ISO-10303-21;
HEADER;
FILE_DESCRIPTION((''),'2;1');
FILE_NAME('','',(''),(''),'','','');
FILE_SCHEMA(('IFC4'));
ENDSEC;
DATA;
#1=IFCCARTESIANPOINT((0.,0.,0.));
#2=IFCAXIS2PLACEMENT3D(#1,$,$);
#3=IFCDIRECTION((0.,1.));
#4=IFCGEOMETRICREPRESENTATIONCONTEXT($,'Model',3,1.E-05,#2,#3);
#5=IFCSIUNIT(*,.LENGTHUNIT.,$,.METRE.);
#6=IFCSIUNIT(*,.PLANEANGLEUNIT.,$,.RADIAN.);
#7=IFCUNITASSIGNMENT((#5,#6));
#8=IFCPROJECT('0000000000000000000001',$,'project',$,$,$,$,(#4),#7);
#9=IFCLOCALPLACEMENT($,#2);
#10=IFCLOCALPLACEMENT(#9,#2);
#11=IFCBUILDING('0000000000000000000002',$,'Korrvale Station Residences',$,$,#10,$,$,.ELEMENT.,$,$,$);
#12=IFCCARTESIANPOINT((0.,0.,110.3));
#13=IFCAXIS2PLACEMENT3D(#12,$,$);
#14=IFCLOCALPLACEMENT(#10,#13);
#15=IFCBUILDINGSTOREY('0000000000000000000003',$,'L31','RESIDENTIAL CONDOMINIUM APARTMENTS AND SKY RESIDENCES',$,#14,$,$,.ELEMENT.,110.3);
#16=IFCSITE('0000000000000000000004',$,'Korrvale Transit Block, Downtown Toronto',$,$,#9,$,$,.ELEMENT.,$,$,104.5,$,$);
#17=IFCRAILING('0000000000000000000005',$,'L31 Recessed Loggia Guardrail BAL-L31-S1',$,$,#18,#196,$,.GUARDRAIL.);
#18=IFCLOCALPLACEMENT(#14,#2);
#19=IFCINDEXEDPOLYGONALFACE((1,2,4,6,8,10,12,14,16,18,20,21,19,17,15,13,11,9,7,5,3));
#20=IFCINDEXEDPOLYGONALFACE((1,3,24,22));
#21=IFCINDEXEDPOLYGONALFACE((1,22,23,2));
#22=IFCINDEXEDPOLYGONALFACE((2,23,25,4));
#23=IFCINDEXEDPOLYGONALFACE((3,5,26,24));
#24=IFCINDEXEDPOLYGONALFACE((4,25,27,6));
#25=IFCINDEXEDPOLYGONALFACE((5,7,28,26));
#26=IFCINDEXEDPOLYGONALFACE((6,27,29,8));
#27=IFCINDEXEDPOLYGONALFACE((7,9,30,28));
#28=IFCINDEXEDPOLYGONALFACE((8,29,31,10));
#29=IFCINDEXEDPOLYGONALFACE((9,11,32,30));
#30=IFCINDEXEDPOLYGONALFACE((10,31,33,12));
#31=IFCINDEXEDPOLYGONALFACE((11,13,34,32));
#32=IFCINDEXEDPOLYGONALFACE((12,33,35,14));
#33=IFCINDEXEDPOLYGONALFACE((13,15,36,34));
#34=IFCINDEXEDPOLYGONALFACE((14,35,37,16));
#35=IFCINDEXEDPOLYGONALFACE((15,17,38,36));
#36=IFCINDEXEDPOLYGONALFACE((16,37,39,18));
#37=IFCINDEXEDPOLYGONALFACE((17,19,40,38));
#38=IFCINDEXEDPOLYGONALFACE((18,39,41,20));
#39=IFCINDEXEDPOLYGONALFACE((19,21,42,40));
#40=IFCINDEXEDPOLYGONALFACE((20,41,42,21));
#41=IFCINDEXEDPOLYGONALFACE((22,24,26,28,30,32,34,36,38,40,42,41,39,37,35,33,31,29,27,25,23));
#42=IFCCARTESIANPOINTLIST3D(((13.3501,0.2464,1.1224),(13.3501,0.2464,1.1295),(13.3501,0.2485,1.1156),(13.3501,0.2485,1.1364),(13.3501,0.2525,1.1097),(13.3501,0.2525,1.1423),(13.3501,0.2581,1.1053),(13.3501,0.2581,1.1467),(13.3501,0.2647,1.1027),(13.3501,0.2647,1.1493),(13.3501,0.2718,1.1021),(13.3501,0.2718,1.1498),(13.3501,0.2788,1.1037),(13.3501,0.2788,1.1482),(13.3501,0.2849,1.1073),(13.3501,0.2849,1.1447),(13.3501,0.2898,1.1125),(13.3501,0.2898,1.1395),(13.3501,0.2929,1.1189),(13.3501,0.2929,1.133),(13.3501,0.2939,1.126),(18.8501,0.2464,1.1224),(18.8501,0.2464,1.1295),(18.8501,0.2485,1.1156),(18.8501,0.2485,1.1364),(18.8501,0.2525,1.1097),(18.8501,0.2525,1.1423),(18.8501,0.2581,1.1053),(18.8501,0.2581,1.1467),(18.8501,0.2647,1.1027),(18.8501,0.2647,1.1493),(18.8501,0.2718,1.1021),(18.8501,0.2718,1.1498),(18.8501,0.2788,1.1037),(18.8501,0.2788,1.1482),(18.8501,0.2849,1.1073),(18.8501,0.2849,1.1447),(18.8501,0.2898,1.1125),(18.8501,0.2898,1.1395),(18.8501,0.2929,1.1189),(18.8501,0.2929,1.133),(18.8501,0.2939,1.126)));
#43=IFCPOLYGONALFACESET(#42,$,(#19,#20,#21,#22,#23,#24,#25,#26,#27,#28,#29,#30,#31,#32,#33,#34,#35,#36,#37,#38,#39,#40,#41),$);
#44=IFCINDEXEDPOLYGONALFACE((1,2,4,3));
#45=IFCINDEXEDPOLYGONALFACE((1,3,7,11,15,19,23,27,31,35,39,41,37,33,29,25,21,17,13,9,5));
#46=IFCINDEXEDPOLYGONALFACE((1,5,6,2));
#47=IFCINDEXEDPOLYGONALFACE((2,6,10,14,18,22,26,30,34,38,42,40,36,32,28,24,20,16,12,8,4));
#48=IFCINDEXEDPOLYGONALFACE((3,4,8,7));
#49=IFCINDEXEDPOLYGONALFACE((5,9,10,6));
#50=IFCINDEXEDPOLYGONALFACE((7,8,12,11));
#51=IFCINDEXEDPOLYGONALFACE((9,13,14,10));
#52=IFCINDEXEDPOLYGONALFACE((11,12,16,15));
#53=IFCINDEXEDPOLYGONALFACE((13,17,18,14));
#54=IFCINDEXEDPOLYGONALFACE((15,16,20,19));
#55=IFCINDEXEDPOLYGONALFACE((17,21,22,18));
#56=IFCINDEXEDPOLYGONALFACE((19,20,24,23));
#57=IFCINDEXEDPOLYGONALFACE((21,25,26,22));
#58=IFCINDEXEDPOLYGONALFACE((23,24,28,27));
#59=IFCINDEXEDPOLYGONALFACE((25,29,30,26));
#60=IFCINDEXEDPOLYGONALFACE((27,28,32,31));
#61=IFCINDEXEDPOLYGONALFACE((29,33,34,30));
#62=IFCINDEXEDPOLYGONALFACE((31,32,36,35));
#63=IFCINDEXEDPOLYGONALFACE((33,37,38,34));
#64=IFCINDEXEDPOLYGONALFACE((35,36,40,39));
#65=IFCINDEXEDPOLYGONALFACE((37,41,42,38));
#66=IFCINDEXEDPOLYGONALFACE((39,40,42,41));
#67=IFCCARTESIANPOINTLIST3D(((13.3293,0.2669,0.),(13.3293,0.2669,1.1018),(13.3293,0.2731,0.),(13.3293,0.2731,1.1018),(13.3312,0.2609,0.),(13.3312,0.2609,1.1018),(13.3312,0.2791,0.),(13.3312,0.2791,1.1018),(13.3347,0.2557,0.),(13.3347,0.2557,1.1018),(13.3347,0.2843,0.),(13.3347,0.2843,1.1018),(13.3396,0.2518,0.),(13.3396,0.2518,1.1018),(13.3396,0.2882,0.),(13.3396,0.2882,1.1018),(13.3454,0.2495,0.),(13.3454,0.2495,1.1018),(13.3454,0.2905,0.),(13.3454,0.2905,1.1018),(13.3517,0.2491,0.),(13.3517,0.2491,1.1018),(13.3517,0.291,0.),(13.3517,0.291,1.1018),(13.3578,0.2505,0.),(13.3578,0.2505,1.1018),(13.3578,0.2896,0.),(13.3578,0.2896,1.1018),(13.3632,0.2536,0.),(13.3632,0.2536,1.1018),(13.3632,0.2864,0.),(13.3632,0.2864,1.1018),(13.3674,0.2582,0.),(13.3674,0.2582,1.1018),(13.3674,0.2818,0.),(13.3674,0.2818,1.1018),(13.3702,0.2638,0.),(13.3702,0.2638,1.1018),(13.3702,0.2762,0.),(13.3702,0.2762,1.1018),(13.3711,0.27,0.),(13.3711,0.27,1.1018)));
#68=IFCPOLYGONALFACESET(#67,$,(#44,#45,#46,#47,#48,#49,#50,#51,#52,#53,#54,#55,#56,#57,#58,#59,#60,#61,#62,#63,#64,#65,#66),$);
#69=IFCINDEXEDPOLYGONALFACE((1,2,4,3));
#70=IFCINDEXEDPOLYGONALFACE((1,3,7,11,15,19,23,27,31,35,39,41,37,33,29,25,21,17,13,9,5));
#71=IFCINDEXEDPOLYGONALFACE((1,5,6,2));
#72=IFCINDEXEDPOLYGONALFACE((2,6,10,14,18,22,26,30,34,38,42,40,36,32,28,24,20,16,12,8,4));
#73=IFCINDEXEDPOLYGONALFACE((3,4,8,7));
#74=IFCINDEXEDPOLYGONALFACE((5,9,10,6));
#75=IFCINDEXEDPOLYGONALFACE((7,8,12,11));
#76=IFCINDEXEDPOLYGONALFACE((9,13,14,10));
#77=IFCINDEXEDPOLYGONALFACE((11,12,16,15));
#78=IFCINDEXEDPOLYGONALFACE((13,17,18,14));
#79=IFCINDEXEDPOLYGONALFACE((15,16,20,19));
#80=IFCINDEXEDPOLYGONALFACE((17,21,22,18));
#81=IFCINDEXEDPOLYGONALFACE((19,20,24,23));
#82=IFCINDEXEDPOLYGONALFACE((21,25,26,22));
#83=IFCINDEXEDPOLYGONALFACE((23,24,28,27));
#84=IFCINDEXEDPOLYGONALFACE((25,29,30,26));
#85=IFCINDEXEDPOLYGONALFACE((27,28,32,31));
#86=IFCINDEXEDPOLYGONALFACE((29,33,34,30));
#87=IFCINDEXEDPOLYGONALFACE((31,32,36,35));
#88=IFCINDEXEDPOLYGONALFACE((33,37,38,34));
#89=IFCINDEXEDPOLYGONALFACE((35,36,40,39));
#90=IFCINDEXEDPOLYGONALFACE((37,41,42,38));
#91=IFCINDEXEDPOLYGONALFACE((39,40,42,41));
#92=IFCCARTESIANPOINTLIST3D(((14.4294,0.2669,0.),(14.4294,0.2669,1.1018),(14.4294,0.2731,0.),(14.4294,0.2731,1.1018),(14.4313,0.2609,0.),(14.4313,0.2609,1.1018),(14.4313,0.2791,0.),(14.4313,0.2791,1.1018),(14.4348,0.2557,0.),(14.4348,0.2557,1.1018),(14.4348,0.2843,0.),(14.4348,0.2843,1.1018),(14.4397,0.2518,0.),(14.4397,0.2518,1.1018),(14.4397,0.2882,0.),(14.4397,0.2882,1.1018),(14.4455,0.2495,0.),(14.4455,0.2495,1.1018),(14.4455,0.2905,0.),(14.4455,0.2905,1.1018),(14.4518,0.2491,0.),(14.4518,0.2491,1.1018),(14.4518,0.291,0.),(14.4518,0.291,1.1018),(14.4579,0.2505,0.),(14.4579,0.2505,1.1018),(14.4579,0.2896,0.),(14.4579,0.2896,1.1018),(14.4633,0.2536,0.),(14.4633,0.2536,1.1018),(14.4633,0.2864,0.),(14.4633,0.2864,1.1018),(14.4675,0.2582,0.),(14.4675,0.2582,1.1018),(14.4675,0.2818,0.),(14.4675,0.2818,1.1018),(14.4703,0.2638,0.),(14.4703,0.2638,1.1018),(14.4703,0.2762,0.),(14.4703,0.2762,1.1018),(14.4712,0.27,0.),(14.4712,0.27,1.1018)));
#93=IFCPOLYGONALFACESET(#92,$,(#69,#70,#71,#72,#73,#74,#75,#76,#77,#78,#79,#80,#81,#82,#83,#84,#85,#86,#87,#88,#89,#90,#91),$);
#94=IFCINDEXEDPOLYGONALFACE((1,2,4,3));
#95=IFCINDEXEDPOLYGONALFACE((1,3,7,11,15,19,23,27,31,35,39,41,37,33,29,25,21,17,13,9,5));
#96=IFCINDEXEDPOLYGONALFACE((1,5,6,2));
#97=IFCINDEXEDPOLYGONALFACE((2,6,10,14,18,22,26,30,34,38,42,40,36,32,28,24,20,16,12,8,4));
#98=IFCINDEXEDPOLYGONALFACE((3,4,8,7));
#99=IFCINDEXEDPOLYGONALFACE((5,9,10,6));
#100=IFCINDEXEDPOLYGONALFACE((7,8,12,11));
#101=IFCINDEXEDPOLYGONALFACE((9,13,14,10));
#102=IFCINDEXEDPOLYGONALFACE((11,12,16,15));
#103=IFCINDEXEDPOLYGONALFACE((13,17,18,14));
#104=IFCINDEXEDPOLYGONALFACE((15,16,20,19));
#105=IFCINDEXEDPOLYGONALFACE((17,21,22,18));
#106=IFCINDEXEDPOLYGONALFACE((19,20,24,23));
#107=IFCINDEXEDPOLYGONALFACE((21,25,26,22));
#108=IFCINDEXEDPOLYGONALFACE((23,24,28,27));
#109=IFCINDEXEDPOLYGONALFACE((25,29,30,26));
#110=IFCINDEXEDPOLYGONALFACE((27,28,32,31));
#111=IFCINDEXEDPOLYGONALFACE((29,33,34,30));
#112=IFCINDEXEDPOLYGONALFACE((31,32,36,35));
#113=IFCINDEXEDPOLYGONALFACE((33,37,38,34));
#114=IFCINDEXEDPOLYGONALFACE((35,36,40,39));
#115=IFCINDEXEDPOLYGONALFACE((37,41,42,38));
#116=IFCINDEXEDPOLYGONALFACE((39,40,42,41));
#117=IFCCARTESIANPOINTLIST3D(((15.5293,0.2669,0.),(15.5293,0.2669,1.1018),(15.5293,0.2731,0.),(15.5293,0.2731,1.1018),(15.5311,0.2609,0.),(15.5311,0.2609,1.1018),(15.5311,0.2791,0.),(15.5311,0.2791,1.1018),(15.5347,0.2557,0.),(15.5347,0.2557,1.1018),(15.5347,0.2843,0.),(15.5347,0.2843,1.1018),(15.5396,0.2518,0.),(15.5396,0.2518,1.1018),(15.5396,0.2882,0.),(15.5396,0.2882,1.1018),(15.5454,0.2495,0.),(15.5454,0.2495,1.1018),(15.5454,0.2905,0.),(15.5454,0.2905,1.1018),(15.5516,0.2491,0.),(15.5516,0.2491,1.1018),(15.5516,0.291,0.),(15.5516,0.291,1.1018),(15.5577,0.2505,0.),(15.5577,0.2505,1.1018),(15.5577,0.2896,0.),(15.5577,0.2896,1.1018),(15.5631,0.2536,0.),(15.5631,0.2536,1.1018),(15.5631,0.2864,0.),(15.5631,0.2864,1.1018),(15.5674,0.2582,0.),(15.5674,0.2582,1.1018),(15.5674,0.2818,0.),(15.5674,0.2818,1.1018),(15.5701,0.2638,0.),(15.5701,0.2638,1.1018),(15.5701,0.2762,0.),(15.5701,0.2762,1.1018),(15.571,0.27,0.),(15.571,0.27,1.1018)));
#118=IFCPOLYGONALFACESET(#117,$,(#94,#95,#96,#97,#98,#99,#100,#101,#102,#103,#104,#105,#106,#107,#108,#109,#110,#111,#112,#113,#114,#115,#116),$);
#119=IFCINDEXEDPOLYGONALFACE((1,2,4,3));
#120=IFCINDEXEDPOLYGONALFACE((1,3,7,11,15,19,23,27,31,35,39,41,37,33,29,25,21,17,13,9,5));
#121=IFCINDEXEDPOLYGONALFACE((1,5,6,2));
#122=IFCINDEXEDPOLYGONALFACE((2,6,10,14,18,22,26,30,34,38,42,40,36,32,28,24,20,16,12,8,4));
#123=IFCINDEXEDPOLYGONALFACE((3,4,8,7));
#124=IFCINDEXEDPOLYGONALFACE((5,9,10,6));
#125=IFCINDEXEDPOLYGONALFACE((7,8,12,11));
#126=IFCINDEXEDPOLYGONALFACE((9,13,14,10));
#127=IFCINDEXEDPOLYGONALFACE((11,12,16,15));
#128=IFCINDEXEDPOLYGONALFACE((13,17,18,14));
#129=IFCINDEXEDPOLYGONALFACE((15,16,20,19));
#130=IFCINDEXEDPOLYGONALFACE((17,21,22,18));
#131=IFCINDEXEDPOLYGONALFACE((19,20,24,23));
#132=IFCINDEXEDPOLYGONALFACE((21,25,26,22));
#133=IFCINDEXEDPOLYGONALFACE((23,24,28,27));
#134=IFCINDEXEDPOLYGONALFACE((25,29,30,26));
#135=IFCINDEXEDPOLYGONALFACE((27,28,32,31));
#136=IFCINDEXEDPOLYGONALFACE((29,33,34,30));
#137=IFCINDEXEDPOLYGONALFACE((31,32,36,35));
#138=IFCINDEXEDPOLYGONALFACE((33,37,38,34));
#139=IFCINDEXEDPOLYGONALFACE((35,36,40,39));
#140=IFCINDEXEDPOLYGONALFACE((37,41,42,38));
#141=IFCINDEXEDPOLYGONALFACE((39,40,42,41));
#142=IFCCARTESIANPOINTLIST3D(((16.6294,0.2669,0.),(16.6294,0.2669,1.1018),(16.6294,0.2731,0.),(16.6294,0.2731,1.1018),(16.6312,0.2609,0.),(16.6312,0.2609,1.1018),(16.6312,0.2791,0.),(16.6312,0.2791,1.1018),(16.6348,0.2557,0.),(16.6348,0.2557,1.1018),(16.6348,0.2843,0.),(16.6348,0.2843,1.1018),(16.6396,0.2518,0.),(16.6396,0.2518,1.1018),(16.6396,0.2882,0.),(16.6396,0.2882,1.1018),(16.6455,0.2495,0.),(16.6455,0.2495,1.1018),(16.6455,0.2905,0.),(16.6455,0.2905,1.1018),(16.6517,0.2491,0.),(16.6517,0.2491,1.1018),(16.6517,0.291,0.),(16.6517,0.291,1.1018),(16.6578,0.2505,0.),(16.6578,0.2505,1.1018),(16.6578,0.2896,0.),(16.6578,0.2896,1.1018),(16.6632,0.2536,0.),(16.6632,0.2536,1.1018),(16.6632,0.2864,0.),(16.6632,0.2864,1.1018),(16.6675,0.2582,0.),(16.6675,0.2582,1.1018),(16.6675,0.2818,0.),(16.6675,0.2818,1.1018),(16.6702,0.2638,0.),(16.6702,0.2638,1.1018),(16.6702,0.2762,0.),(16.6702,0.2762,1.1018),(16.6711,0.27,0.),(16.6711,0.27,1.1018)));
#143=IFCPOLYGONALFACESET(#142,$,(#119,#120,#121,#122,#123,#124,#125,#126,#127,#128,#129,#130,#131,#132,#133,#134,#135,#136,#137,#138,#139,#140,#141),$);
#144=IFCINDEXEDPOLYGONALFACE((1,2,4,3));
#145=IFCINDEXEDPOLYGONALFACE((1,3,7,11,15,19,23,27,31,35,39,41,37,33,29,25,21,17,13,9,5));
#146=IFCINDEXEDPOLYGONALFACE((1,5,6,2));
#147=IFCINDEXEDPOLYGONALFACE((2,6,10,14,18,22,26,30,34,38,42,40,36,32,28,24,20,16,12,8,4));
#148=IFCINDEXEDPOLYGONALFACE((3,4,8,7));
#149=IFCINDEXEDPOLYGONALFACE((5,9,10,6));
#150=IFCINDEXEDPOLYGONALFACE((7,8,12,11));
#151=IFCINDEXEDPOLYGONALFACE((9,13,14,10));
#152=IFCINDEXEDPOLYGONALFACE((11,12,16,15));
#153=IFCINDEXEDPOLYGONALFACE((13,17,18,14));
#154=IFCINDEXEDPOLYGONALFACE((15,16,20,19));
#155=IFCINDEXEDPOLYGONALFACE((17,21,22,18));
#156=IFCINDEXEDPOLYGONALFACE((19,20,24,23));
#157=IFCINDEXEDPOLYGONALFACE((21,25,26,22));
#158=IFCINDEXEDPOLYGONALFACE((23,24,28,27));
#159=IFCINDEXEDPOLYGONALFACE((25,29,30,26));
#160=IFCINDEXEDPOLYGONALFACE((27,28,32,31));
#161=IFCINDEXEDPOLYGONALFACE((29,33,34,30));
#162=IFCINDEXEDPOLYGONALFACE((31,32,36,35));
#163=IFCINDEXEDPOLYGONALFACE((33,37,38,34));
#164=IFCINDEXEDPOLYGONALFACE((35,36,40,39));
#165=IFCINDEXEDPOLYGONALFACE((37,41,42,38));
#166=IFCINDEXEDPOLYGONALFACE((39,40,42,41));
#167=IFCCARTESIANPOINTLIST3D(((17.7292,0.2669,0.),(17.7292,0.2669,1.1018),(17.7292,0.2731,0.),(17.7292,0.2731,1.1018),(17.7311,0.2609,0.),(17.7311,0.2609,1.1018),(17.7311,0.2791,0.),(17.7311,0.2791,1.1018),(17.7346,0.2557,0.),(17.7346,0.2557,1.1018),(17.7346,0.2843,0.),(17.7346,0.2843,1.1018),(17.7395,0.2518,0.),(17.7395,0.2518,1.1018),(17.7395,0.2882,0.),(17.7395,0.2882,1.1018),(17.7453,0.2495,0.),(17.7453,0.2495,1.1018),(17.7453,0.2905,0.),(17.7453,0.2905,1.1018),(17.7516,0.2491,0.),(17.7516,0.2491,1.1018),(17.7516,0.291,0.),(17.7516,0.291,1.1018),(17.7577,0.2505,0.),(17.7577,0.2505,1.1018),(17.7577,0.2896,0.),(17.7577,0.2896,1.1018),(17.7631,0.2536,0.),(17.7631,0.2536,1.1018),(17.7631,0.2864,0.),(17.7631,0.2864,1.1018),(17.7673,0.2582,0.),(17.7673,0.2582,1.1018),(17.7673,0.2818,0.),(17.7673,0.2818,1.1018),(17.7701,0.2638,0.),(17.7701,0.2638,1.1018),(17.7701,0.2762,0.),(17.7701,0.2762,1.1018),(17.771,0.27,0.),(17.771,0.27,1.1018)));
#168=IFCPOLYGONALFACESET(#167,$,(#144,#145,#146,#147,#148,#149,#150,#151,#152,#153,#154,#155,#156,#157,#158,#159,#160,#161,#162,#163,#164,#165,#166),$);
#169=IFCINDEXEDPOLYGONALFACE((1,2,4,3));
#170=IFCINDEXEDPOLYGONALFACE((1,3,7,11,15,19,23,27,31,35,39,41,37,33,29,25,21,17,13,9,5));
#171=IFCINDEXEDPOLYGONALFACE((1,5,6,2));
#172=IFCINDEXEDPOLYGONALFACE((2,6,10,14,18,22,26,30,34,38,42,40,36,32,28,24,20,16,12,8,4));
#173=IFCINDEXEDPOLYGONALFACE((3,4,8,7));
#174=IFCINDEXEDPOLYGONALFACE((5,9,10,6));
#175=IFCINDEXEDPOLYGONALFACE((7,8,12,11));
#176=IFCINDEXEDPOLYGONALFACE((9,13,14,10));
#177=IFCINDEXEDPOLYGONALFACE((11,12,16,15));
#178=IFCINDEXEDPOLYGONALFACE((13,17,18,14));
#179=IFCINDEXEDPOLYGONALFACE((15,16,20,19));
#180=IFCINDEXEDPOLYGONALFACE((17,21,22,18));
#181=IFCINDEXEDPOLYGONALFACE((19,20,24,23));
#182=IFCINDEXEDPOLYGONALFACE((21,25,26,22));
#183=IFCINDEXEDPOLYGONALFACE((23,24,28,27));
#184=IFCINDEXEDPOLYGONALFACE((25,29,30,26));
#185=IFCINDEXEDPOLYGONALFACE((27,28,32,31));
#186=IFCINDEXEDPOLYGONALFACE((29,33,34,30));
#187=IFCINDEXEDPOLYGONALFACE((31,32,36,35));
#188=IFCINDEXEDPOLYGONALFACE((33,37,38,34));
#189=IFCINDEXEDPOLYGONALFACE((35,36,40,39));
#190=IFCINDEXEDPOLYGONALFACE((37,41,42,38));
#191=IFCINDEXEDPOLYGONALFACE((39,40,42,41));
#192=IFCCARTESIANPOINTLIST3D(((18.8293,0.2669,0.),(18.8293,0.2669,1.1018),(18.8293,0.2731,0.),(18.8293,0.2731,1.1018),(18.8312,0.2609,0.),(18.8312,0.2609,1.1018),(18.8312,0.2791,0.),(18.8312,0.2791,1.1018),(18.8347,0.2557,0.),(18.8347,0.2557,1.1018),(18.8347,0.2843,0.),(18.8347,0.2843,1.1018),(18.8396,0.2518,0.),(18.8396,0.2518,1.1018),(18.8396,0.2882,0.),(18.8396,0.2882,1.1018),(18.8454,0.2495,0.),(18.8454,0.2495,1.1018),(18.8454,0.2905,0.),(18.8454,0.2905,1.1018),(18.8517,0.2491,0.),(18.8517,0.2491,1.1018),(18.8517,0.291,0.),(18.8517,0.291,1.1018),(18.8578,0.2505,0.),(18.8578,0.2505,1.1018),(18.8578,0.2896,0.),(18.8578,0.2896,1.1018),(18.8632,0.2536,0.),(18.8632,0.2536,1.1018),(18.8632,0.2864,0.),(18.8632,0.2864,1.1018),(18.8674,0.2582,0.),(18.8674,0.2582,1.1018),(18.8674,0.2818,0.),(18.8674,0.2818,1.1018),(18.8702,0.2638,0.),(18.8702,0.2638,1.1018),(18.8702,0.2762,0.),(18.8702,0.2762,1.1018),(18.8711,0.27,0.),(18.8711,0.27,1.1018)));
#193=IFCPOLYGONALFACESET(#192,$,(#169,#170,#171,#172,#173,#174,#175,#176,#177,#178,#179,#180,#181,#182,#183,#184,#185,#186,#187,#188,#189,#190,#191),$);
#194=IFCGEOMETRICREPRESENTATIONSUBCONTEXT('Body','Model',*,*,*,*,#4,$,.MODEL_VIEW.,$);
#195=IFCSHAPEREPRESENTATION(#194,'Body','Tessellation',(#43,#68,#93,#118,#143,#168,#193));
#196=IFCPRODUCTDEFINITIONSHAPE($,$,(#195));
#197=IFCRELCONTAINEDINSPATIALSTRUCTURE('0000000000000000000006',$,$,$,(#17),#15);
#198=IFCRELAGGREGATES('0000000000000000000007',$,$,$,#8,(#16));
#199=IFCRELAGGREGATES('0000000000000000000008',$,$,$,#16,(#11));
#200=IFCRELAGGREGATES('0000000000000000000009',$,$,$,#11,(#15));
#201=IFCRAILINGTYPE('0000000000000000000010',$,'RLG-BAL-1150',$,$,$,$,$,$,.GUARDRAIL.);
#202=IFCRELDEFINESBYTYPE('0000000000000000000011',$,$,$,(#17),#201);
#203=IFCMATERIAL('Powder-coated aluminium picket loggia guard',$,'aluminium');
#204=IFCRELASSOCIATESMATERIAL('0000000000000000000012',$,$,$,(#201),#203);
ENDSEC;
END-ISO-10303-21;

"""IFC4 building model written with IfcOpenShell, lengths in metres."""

from ifc_helpers import new_model, si_unit, direction, frame, origin, origin_2d, place, context, subcontext, project, spatial, circle, extrude, material, type_object, element, save


model = new_model("IFC4")

# Units and contexts
model_context = context("Model", 3, precision=1e-05, world=origin(), true_north=direction((0.0, 1.0)))
body_context = subcontext(model_context, "Body", "Model", "MODEL_VIEW")
ifc_project = project(units=[si_unit("LENGTHUNIT", "METRE"), si_unit("PLANEANGLEUNIT", "RADIAN")], contexts=[model_context])

# Site, building, storey
site_placement = place(None, origin())
site = spatial("IfcSite", under=ifc_project, at=site_placement, Name="Korrvale Transit Block, Downtown Toronto", CompositionType="ELEMENT", RefElevation=104.5)
building_placement = place(site_placement, origin())
building = spatial("IfcBuilding", under=site, at=building_placement, Name="Korrvale Station Residences", CompositionType="ELEMENT")
storey_placement = place(building_placement, frame((0.0, 0.0, 110.3)))
storey = spatial("IfcBuildingStorey", under=building, at=storey_placement, Name="L31", Description="RESIDENTIAL CONDOMINIUM APARTMENTS AND SKY RESIDENCES", CompositionType="ELEMENT", Elevation=110.3)

# Railing
ifc_material_1 = material(Name="Powder-coated aluminium picket loggia guard", Category="aluminium")
railing_type = type_object("IfcRailingType", Name="RLG-BAL-1150", PredefinedType="GUARDRAIL", material=ifc_material_1)
railing_placement = place(storey_placement, frame((13.3501, 0.27, 0.0)))
element("IfcRailing", 1, at=railing_placement, inside=storey, type_object=railing_type, Name="L31 Recessed Loggia Guardrail BAL-L31-S1", PredefinedType="GUARDRAIL", context=body_context, shape_type="SweptSolid", body=[
    extrude(circle(Radius=0.0239, at=origin_2d()), frame((0.0, 0.0, 1.126), z_axis=(1.0, 0.0, 0.0), x_axis=(0.0, 1.0, 0.0)), (0.0, 0.0, 1.0), 5.5),
    extrude(circle(Radius=0.021, at=origin_2d()), origin(), (0.0, 0.0, 1.0), 1.1018),
    extrude(circle(Radius=0.021, at=origin_2d()), frame((1.1001, 0.0, 0.0)), (0.0, 0.0, 1.0), 1.1018),
    extrude(circle(Radius=0.021, at=origin_2d()), frame((2.2, 0.0, 0.0)), (0.0, 0.0, 1.0), 1.1018),
    extrude(circle(Radius=0.021, at=origin_2d()), frame((3.3, 0.0, 0.0)), (0.0, 0.0, 1.0), 1.1018),
    extrude(circle(Radius=0.021, at=origin_2d()), frame((4.3999, 0.0, 0.0)), (0.0, 0.0, 1.0), 1.1018),
    extrude(circle(Radius=0.021, at=origin_2d()), frame((5.5, 0.0, 0.0)), (0.0, 0.0, 1.0), 1.1018),
])

save(model, "model.ifc")
